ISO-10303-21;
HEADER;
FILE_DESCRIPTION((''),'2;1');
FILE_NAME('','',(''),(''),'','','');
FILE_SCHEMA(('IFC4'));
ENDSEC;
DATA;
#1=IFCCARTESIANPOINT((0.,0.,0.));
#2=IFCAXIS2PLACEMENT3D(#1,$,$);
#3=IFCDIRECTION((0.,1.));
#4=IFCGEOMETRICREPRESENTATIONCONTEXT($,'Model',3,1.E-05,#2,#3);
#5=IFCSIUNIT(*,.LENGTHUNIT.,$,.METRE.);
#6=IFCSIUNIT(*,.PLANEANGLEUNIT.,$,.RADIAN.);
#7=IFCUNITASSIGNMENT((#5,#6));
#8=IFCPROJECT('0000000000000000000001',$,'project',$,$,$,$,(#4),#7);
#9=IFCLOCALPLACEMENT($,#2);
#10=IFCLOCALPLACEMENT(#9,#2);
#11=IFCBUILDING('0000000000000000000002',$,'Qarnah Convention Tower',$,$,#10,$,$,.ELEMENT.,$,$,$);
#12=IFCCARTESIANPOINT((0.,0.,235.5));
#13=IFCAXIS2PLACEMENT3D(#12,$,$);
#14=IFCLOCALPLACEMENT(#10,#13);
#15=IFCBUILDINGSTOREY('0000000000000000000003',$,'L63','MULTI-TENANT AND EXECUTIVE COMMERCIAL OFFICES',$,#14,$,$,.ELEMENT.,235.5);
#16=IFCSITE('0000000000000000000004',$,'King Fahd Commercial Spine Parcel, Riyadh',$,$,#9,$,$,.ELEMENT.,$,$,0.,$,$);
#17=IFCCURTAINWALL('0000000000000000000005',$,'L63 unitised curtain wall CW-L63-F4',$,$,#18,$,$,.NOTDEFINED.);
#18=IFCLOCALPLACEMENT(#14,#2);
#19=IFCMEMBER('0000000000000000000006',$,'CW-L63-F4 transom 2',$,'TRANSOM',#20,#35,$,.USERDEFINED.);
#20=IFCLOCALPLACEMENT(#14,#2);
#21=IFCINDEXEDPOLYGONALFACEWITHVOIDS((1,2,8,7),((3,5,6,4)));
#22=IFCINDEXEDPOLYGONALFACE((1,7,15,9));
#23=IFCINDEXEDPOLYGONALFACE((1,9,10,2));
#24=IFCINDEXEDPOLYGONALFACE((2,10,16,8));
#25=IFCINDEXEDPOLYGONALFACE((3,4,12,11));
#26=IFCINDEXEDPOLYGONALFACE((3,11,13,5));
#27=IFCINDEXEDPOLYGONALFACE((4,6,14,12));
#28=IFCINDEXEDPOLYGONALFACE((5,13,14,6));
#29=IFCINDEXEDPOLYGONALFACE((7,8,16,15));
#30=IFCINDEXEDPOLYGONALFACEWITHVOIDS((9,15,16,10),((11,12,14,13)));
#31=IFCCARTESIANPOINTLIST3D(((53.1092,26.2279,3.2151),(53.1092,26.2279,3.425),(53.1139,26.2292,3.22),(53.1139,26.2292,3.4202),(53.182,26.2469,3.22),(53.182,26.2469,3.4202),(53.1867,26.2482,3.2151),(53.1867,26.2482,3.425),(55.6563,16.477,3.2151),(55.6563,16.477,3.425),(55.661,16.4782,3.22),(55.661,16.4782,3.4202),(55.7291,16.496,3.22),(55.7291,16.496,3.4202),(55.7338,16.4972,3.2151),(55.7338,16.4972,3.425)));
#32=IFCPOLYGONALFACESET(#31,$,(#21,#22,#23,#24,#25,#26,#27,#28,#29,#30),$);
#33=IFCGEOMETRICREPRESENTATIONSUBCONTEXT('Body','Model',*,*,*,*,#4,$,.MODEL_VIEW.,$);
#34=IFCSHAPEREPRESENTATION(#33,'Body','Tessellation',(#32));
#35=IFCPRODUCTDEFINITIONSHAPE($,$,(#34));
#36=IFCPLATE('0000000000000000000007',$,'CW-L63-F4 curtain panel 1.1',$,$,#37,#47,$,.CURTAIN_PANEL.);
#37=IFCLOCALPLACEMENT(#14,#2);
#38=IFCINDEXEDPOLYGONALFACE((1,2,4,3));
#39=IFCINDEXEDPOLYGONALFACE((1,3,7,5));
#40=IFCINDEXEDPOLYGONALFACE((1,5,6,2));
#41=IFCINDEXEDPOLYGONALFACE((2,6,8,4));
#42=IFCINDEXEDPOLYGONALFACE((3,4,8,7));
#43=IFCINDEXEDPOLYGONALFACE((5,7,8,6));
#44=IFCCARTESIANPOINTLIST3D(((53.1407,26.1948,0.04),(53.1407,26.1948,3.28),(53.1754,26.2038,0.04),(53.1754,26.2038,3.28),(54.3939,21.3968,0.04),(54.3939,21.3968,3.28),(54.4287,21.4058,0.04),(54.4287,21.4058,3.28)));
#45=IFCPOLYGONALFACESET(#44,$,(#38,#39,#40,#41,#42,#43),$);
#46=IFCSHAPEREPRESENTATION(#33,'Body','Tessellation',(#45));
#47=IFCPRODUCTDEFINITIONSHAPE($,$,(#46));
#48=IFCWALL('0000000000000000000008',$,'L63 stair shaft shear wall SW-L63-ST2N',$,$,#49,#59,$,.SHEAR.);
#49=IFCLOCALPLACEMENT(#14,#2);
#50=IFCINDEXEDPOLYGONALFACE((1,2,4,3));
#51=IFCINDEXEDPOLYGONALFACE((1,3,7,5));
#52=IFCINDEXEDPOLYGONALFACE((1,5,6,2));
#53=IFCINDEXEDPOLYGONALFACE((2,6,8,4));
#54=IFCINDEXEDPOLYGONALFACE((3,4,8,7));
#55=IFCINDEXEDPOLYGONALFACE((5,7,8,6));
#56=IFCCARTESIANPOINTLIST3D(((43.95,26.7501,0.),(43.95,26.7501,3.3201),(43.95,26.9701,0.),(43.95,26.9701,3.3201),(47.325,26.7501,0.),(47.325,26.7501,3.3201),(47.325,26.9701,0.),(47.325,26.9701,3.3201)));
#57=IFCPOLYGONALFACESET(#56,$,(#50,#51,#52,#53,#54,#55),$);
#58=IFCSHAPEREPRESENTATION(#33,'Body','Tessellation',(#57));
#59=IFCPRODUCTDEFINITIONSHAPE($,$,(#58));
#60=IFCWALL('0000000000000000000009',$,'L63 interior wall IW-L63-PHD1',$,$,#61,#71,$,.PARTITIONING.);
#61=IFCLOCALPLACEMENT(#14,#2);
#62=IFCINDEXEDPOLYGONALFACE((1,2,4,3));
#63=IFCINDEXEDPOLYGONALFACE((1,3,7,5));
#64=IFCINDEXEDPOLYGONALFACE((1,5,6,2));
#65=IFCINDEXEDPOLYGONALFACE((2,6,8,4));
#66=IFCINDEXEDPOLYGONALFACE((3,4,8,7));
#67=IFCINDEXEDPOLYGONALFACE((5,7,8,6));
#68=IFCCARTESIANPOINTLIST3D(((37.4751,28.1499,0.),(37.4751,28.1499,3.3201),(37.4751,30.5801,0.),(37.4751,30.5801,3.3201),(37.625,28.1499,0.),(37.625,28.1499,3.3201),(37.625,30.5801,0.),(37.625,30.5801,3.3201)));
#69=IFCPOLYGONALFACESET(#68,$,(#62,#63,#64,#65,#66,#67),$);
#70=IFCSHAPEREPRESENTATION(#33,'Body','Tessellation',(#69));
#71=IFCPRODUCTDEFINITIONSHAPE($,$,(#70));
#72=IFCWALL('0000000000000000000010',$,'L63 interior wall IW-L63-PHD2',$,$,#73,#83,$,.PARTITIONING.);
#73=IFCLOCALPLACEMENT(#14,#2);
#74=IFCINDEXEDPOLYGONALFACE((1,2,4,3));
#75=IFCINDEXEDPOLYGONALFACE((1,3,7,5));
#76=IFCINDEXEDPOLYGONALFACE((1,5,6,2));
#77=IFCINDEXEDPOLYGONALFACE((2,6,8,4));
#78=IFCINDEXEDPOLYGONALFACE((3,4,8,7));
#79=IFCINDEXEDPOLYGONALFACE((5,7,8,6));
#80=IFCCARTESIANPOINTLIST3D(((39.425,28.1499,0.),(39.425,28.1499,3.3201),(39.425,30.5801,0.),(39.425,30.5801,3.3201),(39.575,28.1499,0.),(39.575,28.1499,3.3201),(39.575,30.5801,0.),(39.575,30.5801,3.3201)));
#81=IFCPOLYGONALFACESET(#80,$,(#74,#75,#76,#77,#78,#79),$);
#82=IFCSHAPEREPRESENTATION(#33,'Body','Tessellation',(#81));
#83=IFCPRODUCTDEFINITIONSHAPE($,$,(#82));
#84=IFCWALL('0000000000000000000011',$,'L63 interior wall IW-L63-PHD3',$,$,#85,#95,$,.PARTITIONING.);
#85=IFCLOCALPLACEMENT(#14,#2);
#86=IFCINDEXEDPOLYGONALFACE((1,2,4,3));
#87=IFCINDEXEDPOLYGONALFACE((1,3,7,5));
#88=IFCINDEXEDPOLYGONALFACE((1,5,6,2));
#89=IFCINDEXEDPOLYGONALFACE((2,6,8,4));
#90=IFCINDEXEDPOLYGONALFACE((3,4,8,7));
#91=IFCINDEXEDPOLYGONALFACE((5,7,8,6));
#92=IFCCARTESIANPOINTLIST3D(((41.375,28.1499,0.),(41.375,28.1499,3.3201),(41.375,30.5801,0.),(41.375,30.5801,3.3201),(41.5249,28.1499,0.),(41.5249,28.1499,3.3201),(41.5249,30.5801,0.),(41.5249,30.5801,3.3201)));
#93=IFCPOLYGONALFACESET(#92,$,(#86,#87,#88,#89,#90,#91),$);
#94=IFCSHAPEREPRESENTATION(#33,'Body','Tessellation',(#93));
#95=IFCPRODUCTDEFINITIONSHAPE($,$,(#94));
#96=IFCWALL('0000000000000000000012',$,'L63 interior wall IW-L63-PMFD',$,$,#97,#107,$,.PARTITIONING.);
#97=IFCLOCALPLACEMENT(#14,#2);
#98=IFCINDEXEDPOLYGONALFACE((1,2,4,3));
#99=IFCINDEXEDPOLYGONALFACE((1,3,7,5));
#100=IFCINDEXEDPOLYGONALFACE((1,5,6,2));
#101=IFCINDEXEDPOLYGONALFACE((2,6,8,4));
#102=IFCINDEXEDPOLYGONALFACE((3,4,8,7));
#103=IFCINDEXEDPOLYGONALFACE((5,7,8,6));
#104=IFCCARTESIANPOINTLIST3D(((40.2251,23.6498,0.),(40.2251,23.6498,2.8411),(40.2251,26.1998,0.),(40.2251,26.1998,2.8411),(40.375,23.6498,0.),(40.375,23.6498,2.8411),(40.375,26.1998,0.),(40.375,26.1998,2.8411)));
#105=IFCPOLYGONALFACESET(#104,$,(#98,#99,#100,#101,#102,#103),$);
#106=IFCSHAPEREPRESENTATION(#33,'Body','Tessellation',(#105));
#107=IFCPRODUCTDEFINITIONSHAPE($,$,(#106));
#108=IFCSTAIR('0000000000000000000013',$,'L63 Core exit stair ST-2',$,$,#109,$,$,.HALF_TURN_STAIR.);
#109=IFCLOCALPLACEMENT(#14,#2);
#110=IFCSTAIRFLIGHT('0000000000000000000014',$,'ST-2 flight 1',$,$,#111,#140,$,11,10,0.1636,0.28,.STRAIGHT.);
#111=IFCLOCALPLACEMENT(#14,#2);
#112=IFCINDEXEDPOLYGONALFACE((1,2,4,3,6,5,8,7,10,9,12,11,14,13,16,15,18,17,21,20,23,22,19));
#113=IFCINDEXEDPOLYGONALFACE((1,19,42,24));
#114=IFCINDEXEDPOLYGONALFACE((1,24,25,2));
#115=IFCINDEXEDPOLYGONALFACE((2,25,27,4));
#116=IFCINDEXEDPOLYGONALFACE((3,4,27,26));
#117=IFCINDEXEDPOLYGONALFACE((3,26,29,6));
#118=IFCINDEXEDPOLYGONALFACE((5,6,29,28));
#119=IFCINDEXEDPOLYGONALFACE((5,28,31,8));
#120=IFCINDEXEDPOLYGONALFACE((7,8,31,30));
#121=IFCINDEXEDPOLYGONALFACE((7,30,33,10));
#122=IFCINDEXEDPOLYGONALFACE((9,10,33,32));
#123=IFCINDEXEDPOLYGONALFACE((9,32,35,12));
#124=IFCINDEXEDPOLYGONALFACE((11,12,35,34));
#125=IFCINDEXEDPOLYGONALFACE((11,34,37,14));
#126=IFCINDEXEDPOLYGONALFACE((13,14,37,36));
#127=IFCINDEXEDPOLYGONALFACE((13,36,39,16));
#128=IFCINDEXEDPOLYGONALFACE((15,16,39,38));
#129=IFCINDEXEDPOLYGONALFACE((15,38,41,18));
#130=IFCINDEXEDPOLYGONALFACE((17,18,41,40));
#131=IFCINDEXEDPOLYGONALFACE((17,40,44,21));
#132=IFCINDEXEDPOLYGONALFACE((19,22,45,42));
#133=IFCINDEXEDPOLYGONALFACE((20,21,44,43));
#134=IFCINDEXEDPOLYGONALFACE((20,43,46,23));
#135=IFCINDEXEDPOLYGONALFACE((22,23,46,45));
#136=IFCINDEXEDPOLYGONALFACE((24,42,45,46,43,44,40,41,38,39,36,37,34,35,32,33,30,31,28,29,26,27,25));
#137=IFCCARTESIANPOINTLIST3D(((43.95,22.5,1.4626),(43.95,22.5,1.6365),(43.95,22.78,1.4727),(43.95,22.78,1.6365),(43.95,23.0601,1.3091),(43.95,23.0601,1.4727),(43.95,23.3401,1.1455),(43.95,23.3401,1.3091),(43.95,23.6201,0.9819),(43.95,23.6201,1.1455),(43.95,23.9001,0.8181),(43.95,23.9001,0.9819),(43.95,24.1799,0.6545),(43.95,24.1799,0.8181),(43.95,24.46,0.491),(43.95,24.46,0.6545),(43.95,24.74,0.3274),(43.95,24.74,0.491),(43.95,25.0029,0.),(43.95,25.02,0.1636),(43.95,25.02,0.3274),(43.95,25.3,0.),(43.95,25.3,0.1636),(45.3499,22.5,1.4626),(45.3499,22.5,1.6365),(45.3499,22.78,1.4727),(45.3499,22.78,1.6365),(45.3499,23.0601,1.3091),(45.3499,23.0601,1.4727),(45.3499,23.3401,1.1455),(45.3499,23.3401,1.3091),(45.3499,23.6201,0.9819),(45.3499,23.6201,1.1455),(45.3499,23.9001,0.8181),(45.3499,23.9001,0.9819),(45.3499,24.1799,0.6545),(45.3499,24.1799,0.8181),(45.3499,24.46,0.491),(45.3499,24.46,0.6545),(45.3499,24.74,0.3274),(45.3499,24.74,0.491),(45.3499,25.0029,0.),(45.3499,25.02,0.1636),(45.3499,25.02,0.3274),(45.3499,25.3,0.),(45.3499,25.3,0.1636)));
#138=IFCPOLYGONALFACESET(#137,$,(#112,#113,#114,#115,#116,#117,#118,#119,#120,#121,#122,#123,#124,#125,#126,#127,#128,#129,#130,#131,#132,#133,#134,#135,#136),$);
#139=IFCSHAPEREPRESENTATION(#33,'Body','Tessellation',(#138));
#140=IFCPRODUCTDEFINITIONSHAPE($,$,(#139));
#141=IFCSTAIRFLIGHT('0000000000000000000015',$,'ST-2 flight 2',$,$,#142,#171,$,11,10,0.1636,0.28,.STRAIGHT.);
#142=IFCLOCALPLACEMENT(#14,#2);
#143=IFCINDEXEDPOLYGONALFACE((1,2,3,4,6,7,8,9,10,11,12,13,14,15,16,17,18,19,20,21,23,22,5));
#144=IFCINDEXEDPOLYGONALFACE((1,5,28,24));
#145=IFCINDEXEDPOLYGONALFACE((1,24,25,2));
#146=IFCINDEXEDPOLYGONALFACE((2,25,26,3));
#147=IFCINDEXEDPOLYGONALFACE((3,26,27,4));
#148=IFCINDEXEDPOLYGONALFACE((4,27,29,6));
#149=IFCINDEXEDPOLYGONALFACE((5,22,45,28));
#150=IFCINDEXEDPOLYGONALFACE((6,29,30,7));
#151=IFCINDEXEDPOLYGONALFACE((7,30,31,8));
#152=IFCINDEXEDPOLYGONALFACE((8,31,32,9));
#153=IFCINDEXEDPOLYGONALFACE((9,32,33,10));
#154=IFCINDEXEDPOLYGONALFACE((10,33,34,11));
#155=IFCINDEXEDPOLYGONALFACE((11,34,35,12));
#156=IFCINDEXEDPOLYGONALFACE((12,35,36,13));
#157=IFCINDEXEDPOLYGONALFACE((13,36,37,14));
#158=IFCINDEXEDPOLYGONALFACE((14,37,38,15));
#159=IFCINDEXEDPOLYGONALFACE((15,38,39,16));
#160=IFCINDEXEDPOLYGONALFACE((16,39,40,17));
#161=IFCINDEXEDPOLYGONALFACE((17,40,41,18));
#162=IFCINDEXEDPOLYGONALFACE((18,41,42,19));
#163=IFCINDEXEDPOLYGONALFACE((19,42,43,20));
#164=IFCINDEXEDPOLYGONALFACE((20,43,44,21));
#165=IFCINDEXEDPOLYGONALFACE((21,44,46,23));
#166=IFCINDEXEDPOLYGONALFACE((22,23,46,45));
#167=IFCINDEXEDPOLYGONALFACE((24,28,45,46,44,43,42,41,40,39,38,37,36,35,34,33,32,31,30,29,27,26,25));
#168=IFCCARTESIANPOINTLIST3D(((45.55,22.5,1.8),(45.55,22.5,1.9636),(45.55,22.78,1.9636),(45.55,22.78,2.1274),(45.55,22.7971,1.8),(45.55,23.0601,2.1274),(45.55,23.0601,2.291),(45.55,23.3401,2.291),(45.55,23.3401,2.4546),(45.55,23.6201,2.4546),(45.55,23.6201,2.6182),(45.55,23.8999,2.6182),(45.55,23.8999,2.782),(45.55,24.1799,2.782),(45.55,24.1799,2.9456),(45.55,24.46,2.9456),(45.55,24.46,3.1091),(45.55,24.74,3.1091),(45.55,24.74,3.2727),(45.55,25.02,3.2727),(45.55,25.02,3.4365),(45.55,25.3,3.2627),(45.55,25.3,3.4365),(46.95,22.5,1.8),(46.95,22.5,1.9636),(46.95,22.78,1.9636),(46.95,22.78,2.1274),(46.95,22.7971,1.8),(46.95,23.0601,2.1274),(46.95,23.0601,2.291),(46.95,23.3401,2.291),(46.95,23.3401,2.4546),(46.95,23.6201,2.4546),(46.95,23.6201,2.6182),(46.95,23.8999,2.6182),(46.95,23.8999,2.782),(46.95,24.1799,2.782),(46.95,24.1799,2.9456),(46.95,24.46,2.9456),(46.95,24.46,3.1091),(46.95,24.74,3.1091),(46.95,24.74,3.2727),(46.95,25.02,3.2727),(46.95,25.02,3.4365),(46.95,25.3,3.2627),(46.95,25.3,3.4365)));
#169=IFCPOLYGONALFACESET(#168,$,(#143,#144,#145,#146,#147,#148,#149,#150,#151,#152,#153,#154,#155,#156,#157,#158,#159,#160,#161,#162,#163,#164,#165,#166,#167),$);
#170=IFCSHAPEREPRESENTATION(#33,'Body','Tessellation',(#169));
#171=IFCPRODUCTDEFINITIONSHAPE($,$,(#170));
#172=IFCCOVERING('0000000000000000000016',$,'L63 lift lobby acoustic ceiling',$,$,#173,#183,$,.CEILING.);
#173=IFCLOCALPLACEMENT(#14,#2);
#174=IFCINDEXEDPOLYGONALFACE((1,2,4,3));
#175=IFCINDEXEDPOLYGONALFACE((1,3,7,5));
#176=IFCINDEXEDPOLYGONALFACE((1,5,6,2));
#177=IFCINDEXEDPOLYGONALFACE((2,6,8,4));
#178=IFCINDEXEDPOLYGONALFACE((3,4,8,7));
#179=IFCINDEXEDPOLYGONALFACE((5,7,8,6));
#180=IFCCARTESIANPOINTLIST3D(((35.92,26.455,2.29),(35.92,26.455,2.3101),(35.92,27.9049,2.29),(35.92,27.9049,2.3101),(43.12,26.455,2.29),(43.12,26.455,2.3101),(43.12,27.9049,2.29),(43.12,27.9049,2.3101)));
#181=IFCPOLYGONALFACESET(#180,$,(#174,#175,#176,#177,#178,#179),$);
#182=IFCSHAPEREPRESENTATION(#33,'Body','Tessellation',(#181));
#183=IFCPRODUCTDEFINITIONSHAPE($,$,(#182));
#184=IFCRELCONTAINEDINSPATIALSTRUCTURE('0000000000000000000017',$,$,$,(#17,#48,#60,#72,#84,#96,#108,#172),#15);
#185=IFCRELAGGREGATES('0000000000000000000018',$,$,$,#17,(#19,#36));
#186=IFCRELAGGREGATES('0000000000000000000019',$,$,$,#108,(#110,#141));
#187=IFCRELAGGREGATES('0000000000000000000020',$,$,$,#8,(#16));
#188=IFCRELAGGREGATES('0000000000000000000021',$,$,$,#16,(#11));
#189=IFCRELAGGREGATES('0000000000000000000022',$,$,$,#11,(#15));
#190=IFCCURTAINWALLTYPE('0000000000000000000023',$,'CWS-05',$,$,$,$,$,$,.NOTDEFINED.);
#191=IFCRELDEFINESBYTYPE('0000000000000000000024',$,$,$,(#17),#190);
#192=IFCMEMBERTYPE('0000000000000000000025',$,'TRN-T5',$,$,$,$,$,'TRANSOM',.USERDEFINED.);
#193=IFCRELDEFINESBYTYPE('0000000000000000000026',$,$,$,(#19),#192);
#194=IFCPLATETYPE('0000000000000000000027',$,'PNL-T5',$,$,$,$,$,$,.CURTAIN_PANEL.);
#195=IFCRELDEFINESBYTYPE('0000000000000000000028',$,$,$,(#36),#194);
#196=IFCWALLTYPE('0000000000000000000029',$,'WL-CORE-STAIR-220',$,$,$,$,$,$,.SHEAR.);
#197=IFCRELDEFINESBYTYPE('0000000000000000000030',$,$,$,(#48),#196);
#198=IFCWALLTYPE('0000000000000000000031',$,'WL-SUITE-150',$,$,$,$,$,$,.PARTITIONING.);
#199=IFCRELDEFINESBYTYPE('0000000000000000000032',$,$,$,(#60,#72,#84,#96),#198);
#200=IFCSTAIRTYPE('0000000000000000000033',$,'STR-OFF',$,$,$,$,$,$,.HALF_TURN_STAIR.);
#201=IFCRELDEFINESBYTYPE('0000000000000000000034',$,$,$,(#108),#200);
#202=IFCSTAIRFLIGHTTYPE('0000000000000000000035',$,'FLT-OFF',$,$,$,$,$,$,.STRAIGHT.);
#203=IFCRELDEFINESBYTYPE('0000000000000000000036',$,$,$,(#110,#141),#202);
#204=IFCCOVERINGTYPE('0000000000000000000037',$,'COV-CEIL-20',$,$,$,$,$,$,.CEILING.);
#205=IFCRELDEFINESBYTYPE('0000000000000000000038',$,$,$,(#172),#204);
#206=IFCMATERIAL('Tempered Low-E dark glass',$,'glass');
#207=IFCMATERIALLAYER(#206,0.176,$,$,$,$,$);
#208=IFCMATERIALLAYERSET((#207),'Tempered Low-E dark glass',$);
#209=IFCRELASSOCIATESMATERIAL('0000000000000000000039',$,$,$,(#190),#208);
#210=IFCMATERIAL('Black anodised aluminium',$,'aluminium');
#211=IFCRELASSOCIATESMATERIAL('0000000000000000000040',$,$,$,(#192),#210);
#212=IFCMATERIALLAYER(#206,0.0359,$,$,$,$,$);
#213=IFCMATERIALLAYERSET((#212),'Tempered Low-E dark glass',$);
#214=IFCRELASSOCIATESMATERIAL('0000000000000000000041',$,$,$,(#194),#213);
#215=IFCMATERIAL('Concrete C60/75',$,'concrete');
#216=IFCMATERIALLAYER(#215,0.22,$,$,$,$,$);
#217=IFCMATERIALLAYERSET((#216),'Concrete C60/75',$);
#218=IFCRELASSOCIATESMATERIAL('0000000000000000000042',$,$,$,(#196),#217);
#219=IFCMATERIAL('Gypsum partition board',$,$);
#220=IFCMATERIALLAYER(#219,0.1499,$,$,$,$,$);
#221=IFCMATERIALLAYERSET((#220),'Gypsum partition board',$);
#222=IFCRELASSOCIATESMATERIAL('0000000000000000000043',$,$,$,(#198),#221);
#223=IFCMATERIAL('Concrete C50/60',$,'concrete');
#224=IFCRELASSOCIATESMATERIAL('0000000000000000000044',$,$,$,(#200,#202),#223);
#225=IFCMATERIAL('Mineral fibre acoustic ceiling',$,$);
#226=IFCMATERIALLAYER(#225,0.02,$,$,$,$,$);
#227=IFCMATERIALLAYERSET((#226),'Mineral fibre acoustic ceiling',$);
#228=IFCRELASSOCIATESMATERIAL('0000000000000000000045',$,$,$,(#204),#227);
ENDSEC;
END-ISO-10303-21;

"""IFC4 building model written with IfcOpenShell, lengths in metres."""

from ifc_helpers import new_model, si_unit, direction, frame, frame_2d, origin, origin_2d, place, context, subcontext, project, spatial, polyline, rectangle, hollow_rectangle, outline, extrude, material, layer, layer_set, material_profile, profile_set, type_object, element, aggregate, save


model = new_model("IFC4")

# Units and contexts
model_context = context("Model", 3, precision=1e-05, world=origin(), true_north=direction((0.0, 1.0)))
body_context = subcontext(model_context, "Body", "Model", "MODEL_VIEW")
ifc_project = project(units=[si_unit("LENGTHUNIT", "METRE"), si_unit("PLANEANGLEUNIT", "RADIAN")], contexts=[model_context])

# Site, building, storey
site_placement = place(None, origin())
site = spatial("IfcSite", under=ifc_project, at=site_placement, Name="King Fahd Commercial Spine Parcel, Riyadh", CompositionType="ELEMENT", RefElevation=0.0)
building_placement = place(site_placement, origin())
building = spatial("IfcBuilding", under=site, at=building_placement, Name="Qarnah Convention Tower", CompositionType="ELEMENT")
storey_placement = place(building_placement, frame((0.0, 0.0, 235.5)))
storey = spatial("IfcBuildingStorey", under=building, at=storey_placement, Name="L63", Description="MULTI-TENANT AND EXECUTIVE COMMERCIAL OFFICES", CompositionType="ELEMENT", Elevation=235.5)

# Curtain wall, member, plate
ifc_material_1 = material(Name="Tempered Low-E dark glass", Category="glass")
ifc_layer_1 = layer(ifc_material_1, 0.176)
ifc_layer_set_1 = layer_set([ifc_layer_1], Name="Tempered Low-E dark glass")
curtain_wall_type = type_object("IfcCurtainWallType", Name="CWS-05", PredefinedType="NOTDEFINED", material=ifc_layer_set_1)
curtain_wall_placement = place(storey_placement, origin())
curtain_wall = element("IfcCurtainWall", 1, at=curtain_wall_placement, inside=storey, type_object=curtain_wall_type, Name="L63 unitised curtain wall CW-L63-F4", PredefinedType="NOTDEFINED")
ifc_material_2 = material(Name="Black anodised aluminium", Category="aluminium")
ifc_material_profile_1 = material_profile(ifc_material_2, hollow_rectangle(XDim=0.0801, YDim=0.21, WallThickness=0.0049, at=origin_2d()), Name="TRN-80X210")
ifc_profile_set_1 = profile_set([ifc_material_profile_1], Name="Black anodised aluminium")
member_type_1 = type_object("IfcMemberType", Name="TRN-T5", ElementType="TRANSOM", PredefinedType="USERDEFINED", material=ifc_profile_set_1)
member_1_placement = place(storey_placement, frame((53.1479, 26.238, 3.3201), z_axis=(0.252736, -0.967535, 0.0), x_axis=(0.967535, 0.252736, 0.0)))
member_1 = element("IfcMember", 2, at=member_1_placement, type_object=member_type_1, Name="CW-L63-F4 transom 2", ObjectType="TRANSOM", PredefinedType="USERDEFINED", context=body_context, shape_type="SweptSolid", body=[
    extrude(hollow_rectangle(XDim=0.0801, YDim=0.21, WallThickness=0.0049, at=origin_2d()), origin(), (0.0, 0.0, 1.0), 10.0781),
])
ifc_layer_2 = layer(ifc_material_1, 0.0359)
ifc_layer_set_2 = layer_set([ifc_layer_2], Name="Tempered Low-E dark glass")
plate_type = type_object("IfcPlateType", Name="PNL-T5", PredefinedType="CURTAIN_PANEL", material=ifc_layer_set_2)
plate_placement = place(storey_placement, frame((53.7847, 23.8003, 0.04), z_axis=(0.0, 0.0, 1.0), x_axis=(0.252725, -0.967538, 0.0)))
plate = element("IfcPlate", 3, at=plate_placement, type_object=plate_type, Name="CW-L63-F4 curtain panel 1.1", PredefinedType="CURTAIN_PANEL", context=body_context, shape_type="SweptSolid", body=[
    extrude(rectangle(XDim=4.959, YDim=0.0359, at=origin_2d()), origin(), (0.0, 0.0, 1.0), 3.24),
])
aggregate(curtain_wall, [member_1, plate])

# Walls
ifc_material_3 = material(Name="Concrete C60/75", Category="concrete")
ifc_layer_3 = layer(ifc_material_3, 0.22)
ifc_layer_set_3 = layer_set([ifc_layer_3], Name="Concrete C60/75")
wall_type_1 = type_object("IfcWallType", Name="WL-CORE-STAIR-220", PredefinedType="SHEAR", material=ifc_layer_set_3)
wall_1_placement = place(storey_placement, frame((43.95, 26.8601, 0.0), z_axis=(0.0, 0.0, 1.0), x_axis=(1.0, 0.0, 0.0)))
element("IfcWall", 4, at=wall_1_placement, inside=storey, type_object=wall_type_1, Name="L63 stair shaft shear wall SW-L63-ST2N", PredefinedType="SHEAR", context=body_context, shape_type="SweptSolid", body=[
    extrude(rectangle(XDim=3.375, YDim=0.22, at=frame_2d((1.6875, 0.0))), origin(), (0.0, 0.0, 1.0), 3.3201),
])
ifc_material_4 = material(Name="Gypsum partition board")
ifc_layer_4 = layer(ifc_material_4, 0.1499)
ifc_layer_set_4 = layer_set([ifc_layer_4], Name="Gypsum partition board")
wall_type_2 = type_object("IfcWallType", Name="WL-SUITE-150", PredefinedType="PARTITIONING", material=ifc_layer_set_4)
for number, where, z_axis, x_axis, name in (
    (5, (37.55, 28.1499, 0.0), (0.0, 0.0, 1.0), (0.0, 1.0, 0.0), "L63 interior wall IW-L63-PHD1"),
    (6, (39.5, 28.1499, 0.0), (0.0, 0.0, 1.0), (0.0, 1.0, 0.0), "L63 interior wall IW-L63-PHD2"),
    (7, (41.45, 28.1499, 0.0), (0.0, 0.0, 1.0), (0.0, 1.0, 0.0), "L63 interior wall IW-L63-PHD3"),
):
    element("IfcWall", number, at=place(storey_placement, frame(where, z_axis=z_axis, x_axis=x_axis)), inside=storey, type_object=wall_type_2, Name=name, PredefinedType="PARTITIONING", context=body_context, shape_type="SweptSolid", body=[
        extrude(rectangle(XDim=2.4302, YDim=0.1499, at=frame_2d((1.2151, 0.0))), origin(), (0.0, 0.0, 1.0), 3.3201),
    ])
wall_2_placement = place(storey_placement, frame((40.3, 23.6499, 0.0), z_axis=(0.0, 0.0, 1.0), x_axis=(0.0, 1.0, 0.0)))
element("IfcWall", 8, at=wall_2_placement, inside=storey, type_object=wall_type_2, Name="L63 interior wall IW-L63-PMFD", PredefinedType="PARTITIONING", context=body_context, shape_type="SweptSolid", body=[
    extrude(rectangle(XDim=2.55, YDim=0.1499, at=frame_2d((1.2749, 0.0))), origin(), (0.0, 0.0, 1.0), 2.8411),
])

# Stair, stair flights
ifc_material_5 = material(Name="Concrete C50/60", Category="concrete")
stair_type = type_object("IfcStairType", Name="STR-OFF", PredefinedType="HALF_TURN_STAIR", material=ifc_material_5)
stair_placement = place(storey_placement, origin())
stair = element("IfcStair", 9, at=stair_placement, inside=storey, type_object=stair_type, Name="L63 Core exit stair ST-2", PredefinedType="HALF_TURN_STAIR")
stair_flight_type = type_object("IfcStairFlightType", Name="FLT-OFF", PredefinedType="STRAIGHT", material=ifc_material_5)
stair_flight_1_placement = place(storey_placement, frame((44.6499, 25.3, 0.0), z_axis=(0.0, 0.0, 1.0), x_axis=(0.0, -1.0, 0.0)))
stair_flight_1 = element("IfcStairFlight", 10, at=stair_flight_1_placement, type_object=stair_flight_type, Name="ST-2 flight 1", NumberOfRisers=11, NumberOfTreads=10, PredefinedType="STRAIGHT", RiserHeight=0.1636, TreadLength=0.28, context=body_context, shape_type="SweptSolid", body=[
    extrude(outline(polyline([(0.0, 0.0), (0.0, 0.1636), (0.28, 0.1636), (0.28, 0.3274), (0.5601, 0.3274), (0.5601, 0.491), (0.8401, 0.491), (0.8401, 0.6545), (1.1201, 0.6545), (1.1201, 0.8181), (1.3999, 0.8181), (1.3999, 0.9819), (1.6799, 0.9819), (1.6799, 1.1455), (1.96, 1.1455), (1.96, 1.3091), (2.24, 1.3091), (2.24, 1.4727), (2.52, 1.4727), (2.52, 1.6365), (2.8, 1.6365), (2.8, 1.8), (2.8, 1.4626), (0.2971, 0.0), (0.0, 0.0)])), frame((0.0, 0.7, 0.0), z_axis=(0.0, -1.0, 0.0), x_axis=(1.0, 0.0, 0.0)), (0.0, 0.0, 1.0), 1.3999),
])
stair_flight_2_placement = place(storey_placement, frame((46.25, 22.5, 1.8), z_axis=(0.0, 0.0, 1.0), x_axis=(0.0, 1.0, 0.0)))
stair_flight_2 = element("IfcStairFlight", 11, at=stair_flight_2_placement, type_object=stair_flight_type, Name="ST-2 flight 2", NumberOfRisers=11, NumberOfTreads=10, PredefinedType="STRAIGHT", RiserHeight=0.1636, TreadLength=0.28, context=body_context, shape_type="SweptSolid", body=[
    extrude(outline(polyline([(0.0, 0.0), (0.0, 0.1636), (0.28, 0.1636), (0.28, 0.3274), (0.5601, 0.3274), (0.5601, 0.491), (0.8401, 0.491), (0.8401, 0.6545), (1.1201, 0.6545), (1.1201, 0.8181), (1.3999, 0.8181), (1.3999, 0.9819), (1.6799, 0.9819), (1.6799, 1.1455), (1.96, 1.1455), (1.96, 1.3091), (2.24, 1.3091), (2.24, 1.4727), (2.52, 1.4727), (2.52, 1.6365), (2.8, 1.6365), (2.8, 1.8), (2.8, 1.4626), (0.2971, 0.0), (0.0, 0.0)])), frame((0.0, 0.7, 0.0), z_axis=(0.0, -1.0, 0.0), x_axis=(1.0, 0.0, 0.0)), (0.0, 0.0, 1.0), 1.3999),
])
aggregate(stair, [stair_flight_1, stair_flight_2])

# Covering
ifc_material_6 = material(Name="Mineral fibre acoustic ceiling")
ifc_layer_5 = layer(ifc_material_6, 0.02)
ifc_layer_set_5 = layer_set([ifc_layer_5], Name="Mineral fibre acoustic ceiling")
covering_type = type_object("IfcCoveringType", Name="COV-CEIL-20", PredefinedType="CEILING", material=ifc_layer_set_5)
covering_placement = place(storey_placement, frame((39.52, 27.1799, 2.29), z_axis=(0.0, 0.0, 1.0), x_axis=(1.0, 0.0, 0.0)))
element("IfcCovering", 12, at=covering_placement, inside=storey, type_object=covering_type, Name="L63 lift lobby acoustic ceiling", PredefinedType="CEILING", context=body_context, shape_type="SweptSolid", body=[
    extrude(rectangle(XDim=7.2, YDim=1.45, at=origin_2d()), origin(), (0.0, 0.0, 1.0), 0.02),
])

save(model, "model.ifc")
